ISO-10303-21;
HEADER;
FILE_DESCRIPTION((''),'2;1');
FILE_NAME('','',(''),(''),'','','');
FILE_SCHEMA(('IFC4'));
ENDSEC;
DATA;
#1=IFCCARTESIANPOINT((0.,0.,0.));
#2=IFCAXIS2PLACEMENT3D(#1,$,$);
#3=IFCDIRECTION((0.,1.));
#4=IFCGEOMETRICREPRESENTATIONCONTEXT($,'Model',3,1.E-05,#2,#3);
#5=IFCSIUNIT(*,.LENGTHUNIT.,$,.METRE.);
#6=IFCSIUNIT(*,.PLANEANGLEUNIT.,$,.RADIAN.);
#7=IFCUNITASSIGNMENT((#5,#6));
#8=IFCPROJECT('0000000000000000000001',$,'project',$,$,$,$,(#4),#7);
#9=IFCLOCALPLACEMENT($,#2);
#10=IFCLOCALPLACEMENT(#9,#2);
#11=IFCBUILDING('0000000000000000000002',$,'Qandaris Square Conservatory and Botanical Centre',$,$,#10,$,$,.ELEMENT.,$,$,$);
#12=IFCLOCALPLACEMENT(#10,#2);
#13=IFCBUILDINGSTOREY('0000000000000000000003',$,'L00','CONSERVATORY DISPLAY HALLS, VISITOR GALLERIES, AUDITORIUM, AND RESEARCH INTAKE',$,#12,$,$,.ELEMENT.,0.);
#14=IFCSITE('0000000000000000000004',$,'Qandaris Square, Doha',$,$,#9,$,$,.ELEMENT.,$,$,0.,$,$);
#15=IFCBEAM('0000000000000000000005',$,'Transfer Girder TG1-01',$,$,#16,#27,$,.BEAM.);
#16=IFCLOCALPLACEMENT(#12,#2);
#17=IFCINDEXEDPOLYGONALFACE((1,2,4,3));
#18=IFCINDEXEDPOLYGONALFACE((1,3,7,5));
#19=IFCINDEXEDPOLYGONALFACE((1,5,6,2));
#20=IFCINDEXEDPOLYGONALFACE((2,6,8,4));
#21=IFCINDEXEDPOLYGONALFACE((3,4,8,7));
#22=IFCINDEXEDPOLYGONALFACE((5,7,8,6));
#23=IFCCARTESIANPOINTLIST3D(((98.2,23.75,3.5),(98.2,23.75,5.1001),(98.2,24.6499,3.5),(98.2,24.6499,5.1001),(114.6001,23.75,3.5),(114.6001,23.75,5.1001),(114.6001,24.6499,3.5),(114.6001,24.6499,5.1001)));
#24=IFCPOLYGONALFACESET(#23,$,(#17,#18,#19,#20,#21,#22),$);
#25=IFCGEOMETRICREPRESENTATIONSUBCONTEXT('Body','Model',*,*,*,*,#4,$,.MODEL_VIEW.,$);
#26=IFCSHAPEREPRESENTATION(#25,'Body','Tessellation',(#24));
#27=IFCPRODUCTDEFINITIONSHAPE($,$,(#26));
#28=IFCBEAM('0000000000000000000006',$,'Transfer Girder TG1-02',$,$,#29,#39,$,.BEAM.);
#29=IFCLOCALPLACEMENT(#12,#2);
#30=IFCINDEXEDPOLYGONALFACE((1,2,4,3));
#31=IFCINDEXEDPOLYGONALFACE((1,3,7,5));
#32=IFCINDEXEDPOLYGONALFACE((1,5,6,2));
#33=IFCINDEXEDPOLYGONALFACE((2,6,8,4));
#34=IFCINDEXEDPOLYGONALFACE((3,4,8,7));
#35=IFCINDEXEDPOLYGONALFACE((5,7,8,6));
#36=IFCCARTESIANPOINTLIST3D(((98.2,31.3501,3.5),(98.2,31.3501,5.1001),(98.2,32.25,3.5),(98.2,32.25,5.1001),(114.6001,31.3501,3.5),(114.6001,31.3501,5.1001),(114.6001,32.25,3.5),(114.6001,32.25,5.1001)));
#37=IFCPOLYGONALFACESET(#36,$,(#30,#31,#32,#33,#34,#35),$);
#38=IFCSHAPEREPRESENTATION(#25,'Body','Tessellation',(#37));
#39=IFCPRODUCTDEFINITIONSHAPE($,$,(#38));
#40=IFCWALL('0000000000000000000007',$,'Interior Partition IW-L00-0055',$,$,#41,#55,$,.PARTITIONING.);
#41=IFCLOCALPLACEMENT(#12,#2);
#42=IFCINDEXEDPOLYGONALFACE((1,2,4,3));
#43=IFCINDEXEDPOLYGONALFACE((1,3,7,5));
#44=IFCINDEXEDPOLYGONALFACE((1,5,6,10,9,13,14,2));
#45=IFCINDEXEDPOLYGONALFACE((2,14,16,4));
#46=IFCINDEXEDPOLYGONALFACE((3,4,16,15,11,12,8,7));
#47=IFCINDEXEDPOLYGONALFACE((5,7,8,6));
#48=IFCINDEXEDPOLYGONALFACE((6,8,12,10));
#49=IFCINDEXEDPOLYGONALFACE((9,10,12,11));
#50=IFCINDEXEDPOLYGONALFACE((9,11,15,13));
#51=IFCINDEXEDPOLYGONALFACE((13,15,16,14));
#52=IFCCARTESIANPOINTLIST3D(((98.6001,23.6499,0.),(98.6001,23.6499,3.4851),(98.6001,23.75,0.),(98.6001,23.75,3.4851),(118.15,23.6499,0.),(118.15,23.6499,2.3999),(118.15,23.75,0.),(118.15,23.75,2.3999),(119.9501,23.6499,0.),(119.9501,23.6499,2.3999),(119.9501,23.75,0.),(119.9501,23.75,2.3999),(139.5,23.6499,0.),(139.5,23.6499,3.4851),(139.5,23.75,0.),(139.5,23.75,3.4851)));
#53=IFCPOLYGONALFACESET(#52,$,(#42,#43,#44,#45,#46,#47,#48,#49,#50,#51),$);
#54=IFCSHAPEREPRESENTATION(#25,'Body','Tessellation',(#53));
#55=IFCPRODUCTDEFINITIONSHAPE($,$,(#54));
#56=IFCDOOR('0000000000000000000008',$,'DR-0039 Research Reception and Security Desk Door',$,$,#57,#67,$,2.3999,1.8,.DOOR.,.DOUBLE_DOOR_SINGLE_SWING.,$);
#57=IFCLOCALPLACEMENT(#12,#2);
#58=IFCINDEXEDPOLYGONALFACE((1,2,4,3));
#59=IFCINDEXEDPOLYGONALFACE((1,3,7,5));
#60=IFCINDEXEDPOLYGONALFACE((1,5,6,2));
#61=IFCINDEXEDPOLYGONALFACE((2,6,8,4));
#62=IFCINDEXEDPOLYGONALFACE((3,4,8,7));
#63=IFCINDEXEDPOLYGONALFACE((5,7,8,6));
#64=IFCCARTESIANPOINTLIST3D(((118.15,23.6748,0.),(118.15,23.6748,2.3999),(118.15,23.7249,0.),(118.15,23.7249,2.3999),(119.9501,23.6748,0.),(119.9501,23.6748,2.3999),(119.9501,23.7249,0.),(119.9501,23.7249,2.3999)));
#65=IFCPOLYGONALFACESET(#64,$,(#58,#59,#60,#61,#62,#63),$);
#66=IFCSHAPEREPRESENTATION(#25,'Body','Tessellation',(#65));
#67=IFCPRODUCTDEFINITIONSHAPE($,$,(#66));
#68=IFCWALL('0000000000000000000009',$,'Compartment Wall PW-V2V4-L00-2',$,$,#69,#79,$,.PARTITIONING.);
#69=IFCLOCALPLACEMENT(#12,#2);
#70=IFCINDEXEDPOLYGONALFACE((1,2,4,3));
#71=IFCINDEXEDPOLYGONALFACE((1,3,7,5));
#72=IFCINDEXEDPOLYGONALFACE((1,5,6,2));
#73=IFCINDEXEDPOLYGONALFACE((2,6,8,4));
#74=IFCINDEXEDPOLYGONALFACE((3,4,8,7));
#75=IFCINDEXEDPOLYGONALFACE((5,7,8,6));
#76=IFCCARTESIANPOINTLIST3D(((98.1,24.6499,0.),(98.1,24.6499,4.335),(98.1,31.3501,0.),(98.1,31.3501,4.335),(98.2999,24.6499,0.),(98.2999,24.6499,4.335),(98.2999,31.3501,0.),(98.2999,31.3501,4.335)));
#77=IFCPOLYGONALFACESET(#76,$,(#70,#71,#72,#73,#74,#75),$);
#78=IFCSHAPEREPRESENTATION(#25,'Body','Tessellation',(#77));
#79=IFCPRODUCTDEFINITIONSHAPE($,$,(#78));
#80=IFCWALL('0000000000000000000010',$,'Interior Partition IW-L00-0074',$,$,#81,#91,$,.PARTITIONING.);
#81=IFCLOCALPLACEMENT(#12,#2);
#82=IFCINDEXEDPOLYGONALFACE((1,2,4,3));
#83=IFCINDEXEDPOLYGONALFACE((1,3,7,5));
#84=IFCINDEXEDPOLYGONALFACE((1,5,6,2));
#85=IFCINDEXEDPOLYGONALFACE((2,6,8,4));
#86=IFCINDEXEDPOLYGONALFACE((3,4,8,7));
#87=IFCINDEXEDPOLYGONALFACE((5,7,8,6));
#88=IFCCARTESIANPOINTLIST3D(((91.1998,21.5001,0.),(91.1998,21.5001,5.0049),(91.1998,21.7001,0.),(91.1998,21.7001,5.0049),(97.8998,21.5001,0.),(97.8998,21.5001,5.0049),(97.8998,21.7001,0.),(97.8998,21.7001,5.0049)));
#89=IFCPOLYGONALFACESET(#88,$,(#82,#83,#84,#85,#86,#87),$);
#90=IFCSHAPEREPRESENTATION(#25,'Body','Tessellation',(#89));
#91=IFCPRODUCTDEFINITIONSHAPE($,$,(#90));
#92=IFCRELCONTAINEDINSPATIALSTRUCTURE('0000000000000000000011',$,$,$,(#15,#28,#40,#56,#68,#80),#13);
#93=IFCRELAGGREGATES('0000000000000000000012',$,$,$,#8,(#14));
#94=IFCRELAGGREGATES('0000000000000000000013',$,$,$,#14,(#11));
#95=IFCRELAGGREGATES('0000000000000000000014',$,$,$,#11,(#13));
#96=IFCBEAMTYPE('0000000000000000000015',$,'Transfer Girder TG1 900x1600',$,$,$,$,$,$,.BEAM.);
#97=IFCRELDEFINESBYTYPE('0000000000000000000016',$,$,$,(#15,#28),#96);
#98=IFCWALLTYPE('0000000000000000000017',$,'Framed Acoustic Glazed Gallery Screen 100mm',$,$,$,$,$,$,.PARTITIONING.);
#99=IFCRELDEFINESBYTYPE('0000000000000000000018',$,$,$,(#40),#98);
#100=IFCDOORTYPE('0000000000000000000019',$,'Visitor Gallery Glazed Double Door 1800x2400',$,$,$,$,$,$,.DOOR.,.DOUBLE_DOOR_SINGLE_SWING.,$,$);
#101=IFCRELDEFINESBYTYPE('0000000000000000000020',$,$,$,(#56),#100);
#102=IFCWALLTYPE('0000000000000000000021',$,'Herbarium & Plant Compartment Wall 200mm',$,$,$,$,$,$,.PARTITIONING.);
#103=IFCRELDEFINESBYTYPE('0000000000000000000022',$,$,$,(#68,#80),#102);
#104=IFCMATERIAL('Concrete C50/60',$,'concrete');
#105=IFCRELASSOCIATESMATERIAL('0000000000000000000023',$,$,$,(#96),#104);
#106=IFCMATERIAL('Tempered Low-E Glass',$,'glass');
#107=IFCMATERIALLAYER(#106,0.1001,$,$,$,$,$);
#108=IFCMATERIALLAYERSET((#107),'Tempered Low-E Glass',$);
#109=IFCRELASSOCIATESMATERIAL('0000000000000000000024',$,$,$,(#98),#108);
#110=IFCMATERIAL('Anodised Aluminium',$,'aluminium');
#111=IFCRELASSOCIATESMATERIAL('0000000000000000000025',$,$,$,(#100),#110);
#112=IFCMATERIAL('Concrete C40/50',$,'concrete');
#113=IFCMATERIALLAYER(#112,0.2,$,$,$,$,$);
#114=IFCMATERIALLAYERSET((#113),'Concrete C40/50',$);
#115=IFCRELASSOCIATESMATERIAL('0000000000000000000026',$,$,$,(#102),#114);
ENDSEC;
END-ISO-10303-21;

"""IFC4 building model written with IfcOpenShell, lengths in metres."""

from ifc_helpers import new_model, si_unit, direction, frame, frame_2d, origin, origin_2d, place, context, subcontext, project, spatial, rectangle, extrude, material, layer, layer_set, material_profile, profile_set, type_object, element, fill, save


model = new_model("IFC4")

# Units and contexts
model_context = context("Model", 3, precision=1e-05, world=origin(), true_north=direction((0.0, 1.0)))
body_context = subcontext(model_context, "Body", "Model", "MODEL_VIEW")
ifc_project = project(units=[si_unit("LENGTHUNIT", "METRE"), si_unit("PLANEANGLEUNIT", "RADIAN")], contexts=[model_context])

# Site, building, storey
site_placement = place(None, origin())
site = spatial("IfcSite", under=ifc_project, at=site_placement, Name="Qandaris Square, Doha", CompositionType="ELEMENT", RefElevation=0.0)
building_placement = place(site_placement, origin())
building = spatial("IfcBuilding", under=site, at=building_placement, Name="Qandaris Square Conservatory and Botanical Centre", CompositionType="ELEMENT")
storey_placement = place(building_placement, origin())
storey = spatial("IfcBuildingStorey", under=building, at=storey_placement, Name="L00", Description="CONSERVATORY DISPLAY HALLS, VISITOR GALLERIES, AUDITORIUM, AND RESEARCH INTAKE", CompositionType="ELEMENT", Elevation=0.0)

# Shared definitions
ifc_material_1 = material(Name="Concrete C40/50", Category="concrete")

# Beams
ifc_material_2 = material(Name="Concrete C50/60", Category="concrete")
ifc_material_profile_1 = material_profile(ifc_material_2, rectangle(XDim=0.8999, YDim=1.6001, at=origin_2d()), Name="RC-TG 900x1600")
ifc_profile_set_1 = profile_set([ifc_material_profile_1], Name="Concrete C50/60")
beam_type_1 = type_object("IfcBeamType", Name="Transfer Girder TG1 900x1600", PredefinedType="BEAM", material=ifc_profile_set_1)
for number, where, z_axis, x_axis, name in (
    (1, (98.2, 24.2, 4.3), (1.0, 0.0, 0.0), (0.0, 1.0, 0.0), "Transfer Girder TG1-01"),
    (2, (98.2, 31.8, 4.3), (1.0, 0.0, 0.0), (0.0, 1.0, 0.0), "Transfer Girder TG1-02"),
):
    element("IfcBeam", number, at=place(storey_placement, frame(where, z_axis=z_axis, x_axis=x_axis)), inside=storey, type_object=beam_type_1, Name=name, PredefinedType="BEAM", context=body_context, shape_type="SweptSolid", body=[
        extrude(rectangle(XDim=0.8999, YDim=1.6001, at=origin_2d()), origin(), (0.0, 0.0, 1.0), 16.4001),
    ])

# Wall, opening, door
ifc_material_3 = material(Name="Tempered Low-E Glass", Category="glass")
ifc_layer_1 = layer(ifc_material_3, 0.1001)
ifc_layer_set_1 = layer_set([ifc_layer_1], Name="Tempered Low-E Glass")
wall_type_1 = type_object("IfcWallType", Name="Framed Acoustic Glazed Gallery Screen 100mm", PredefinedType="PARTITIONING", material=ifc_layer_set_1)
wall_1_placement = place(storey_placement, frame((98.6001, 23.7, 0.0), z_axis=(0.0, 0.0, 1.0), x_axis=(1.0, 0.0, 0.0)))
wall_1 = element("IfcWall", 3, at=wall_1_placement, inside=storey, type_object=wall_type_1, Name="Interior Partition IW-L00-0055", PredefinedType="PARTITIONING", context=body_context, shape_type="SweptSolid", body=[
    extrude(rectangle(XDim=40.8999, YDim=0.1001, at=frame_2d((20.45, 0.0))), origin(), (0.0, 0.0, 1.0), 3.4851),
])
opening_placement = place(wall_1_placement, frame((19.55, 0.0, 0.0)))
opening = element("IfcOpeningElement", 4, at=opening_placement, cuts=wall_1, PredefinedType="OPENING", context=body_context, shape_type="SweptSolid", body=[
    extrude(rectangle(XDim=1.8, YDim=2.3999, at=frame_2d((0.8999, 1.2))), frame((0.0, 0.062, 0.0), z_axis=(0.0, -1.0, 0.0), x_axis=(1.0, 0.0, 0.0)), (0.0, 0.0, 1.0), 0.124),
])
ifc_material_4 = material(Name="Anodised Aluminium", Category="aluminium")
door_type = type_object("IfcDoorType", Name="Visitor Gallery Glazed Double Door 1800x2400", OperationType="DOUBLE_DOOR_SINGLE_SWING", PredefinedType="DOOR", material=ifc_material_4)
door_placement = place(opening_placement, origin())
door = element("IfcDoor", 5, at=door_placement, inside=storey, type_object=door_type, Name="DR-0039 Research Reception and Security Desk Door", OperationType="DOUBLE_DOOR_SINGLE_SWING", OverallHeight=2.3999, OverallWidth=1.8, PredefinedType="DOOR", context=body_context, shape_type="SweptSolid", body=[
    extrude(rectangle(XDim=1.8, YDim=2.3999, at=frame_2d((0.8999, 1.2))), frame((0.0, 0.0249, 0.0), z_axis=(0.0, -1.0, 0.0), x_axis=(1.0, 0.0, 0.0)), (0.0, 0.0, 1.0), 0.05),
])
fill(opening, door)

# Walls
ifc_layer_2 = layer(ifc_material_1, 0.2)
ifc_layer_set_2 = layer_set([ifc_layer_2], Name="Concrete C40/50")
wall_type_2 = type_object("IfcWallType", Name="Herbarium & Plant Compartment Wall 200mm", PredefinedType="PARTITIONING", material=ifc_layer_set_2)
wall_2_placement = place(storey_placement, frame((98.2, 24.6499, 0.0), z_axis=(0.0, 0.0, 1.0), x_axis=(0.0, 1.0, 0.0)))
element("IfcWall", 6, at=wall_2_placement, inside=storey, type_object=wall_type_2, Name="Compartment Wall PW-V2V4-L00-2", PredefinedType="PARTITIONING", context=body_context, shape_type="SweptSolid", body=[
    extrude(rectangle(XDim=6.7002, YDim=0.2, at=frame_2d((3.3501, 0.0))), origin(), (0.0, 0.0, 1.0), 4.335),
])
wall_3_placement = place(storey_placement, frame((97.8999, 21.6001, 0.0), z_axis=(0.0, 0.0, 1.0), x_axis=(-1.0, 0.0, 0.0)))
element("IfcWall", 7, at=wall_3_placement, inside=storey, type_object=wall_type_2, Name="Interior Partition IW-L00-0074", PredefinedType="PARTITIONING", context=body_context, shape_type="SweptSolid", body=[
    extrude(rectangle(XDim=6.7, YDim=0.2, at=frame_2d((3.3501, 0.0))), origin(), (0.0, 0.0, 1.0), 5.0049),
])

save(model, "model.ifc")
